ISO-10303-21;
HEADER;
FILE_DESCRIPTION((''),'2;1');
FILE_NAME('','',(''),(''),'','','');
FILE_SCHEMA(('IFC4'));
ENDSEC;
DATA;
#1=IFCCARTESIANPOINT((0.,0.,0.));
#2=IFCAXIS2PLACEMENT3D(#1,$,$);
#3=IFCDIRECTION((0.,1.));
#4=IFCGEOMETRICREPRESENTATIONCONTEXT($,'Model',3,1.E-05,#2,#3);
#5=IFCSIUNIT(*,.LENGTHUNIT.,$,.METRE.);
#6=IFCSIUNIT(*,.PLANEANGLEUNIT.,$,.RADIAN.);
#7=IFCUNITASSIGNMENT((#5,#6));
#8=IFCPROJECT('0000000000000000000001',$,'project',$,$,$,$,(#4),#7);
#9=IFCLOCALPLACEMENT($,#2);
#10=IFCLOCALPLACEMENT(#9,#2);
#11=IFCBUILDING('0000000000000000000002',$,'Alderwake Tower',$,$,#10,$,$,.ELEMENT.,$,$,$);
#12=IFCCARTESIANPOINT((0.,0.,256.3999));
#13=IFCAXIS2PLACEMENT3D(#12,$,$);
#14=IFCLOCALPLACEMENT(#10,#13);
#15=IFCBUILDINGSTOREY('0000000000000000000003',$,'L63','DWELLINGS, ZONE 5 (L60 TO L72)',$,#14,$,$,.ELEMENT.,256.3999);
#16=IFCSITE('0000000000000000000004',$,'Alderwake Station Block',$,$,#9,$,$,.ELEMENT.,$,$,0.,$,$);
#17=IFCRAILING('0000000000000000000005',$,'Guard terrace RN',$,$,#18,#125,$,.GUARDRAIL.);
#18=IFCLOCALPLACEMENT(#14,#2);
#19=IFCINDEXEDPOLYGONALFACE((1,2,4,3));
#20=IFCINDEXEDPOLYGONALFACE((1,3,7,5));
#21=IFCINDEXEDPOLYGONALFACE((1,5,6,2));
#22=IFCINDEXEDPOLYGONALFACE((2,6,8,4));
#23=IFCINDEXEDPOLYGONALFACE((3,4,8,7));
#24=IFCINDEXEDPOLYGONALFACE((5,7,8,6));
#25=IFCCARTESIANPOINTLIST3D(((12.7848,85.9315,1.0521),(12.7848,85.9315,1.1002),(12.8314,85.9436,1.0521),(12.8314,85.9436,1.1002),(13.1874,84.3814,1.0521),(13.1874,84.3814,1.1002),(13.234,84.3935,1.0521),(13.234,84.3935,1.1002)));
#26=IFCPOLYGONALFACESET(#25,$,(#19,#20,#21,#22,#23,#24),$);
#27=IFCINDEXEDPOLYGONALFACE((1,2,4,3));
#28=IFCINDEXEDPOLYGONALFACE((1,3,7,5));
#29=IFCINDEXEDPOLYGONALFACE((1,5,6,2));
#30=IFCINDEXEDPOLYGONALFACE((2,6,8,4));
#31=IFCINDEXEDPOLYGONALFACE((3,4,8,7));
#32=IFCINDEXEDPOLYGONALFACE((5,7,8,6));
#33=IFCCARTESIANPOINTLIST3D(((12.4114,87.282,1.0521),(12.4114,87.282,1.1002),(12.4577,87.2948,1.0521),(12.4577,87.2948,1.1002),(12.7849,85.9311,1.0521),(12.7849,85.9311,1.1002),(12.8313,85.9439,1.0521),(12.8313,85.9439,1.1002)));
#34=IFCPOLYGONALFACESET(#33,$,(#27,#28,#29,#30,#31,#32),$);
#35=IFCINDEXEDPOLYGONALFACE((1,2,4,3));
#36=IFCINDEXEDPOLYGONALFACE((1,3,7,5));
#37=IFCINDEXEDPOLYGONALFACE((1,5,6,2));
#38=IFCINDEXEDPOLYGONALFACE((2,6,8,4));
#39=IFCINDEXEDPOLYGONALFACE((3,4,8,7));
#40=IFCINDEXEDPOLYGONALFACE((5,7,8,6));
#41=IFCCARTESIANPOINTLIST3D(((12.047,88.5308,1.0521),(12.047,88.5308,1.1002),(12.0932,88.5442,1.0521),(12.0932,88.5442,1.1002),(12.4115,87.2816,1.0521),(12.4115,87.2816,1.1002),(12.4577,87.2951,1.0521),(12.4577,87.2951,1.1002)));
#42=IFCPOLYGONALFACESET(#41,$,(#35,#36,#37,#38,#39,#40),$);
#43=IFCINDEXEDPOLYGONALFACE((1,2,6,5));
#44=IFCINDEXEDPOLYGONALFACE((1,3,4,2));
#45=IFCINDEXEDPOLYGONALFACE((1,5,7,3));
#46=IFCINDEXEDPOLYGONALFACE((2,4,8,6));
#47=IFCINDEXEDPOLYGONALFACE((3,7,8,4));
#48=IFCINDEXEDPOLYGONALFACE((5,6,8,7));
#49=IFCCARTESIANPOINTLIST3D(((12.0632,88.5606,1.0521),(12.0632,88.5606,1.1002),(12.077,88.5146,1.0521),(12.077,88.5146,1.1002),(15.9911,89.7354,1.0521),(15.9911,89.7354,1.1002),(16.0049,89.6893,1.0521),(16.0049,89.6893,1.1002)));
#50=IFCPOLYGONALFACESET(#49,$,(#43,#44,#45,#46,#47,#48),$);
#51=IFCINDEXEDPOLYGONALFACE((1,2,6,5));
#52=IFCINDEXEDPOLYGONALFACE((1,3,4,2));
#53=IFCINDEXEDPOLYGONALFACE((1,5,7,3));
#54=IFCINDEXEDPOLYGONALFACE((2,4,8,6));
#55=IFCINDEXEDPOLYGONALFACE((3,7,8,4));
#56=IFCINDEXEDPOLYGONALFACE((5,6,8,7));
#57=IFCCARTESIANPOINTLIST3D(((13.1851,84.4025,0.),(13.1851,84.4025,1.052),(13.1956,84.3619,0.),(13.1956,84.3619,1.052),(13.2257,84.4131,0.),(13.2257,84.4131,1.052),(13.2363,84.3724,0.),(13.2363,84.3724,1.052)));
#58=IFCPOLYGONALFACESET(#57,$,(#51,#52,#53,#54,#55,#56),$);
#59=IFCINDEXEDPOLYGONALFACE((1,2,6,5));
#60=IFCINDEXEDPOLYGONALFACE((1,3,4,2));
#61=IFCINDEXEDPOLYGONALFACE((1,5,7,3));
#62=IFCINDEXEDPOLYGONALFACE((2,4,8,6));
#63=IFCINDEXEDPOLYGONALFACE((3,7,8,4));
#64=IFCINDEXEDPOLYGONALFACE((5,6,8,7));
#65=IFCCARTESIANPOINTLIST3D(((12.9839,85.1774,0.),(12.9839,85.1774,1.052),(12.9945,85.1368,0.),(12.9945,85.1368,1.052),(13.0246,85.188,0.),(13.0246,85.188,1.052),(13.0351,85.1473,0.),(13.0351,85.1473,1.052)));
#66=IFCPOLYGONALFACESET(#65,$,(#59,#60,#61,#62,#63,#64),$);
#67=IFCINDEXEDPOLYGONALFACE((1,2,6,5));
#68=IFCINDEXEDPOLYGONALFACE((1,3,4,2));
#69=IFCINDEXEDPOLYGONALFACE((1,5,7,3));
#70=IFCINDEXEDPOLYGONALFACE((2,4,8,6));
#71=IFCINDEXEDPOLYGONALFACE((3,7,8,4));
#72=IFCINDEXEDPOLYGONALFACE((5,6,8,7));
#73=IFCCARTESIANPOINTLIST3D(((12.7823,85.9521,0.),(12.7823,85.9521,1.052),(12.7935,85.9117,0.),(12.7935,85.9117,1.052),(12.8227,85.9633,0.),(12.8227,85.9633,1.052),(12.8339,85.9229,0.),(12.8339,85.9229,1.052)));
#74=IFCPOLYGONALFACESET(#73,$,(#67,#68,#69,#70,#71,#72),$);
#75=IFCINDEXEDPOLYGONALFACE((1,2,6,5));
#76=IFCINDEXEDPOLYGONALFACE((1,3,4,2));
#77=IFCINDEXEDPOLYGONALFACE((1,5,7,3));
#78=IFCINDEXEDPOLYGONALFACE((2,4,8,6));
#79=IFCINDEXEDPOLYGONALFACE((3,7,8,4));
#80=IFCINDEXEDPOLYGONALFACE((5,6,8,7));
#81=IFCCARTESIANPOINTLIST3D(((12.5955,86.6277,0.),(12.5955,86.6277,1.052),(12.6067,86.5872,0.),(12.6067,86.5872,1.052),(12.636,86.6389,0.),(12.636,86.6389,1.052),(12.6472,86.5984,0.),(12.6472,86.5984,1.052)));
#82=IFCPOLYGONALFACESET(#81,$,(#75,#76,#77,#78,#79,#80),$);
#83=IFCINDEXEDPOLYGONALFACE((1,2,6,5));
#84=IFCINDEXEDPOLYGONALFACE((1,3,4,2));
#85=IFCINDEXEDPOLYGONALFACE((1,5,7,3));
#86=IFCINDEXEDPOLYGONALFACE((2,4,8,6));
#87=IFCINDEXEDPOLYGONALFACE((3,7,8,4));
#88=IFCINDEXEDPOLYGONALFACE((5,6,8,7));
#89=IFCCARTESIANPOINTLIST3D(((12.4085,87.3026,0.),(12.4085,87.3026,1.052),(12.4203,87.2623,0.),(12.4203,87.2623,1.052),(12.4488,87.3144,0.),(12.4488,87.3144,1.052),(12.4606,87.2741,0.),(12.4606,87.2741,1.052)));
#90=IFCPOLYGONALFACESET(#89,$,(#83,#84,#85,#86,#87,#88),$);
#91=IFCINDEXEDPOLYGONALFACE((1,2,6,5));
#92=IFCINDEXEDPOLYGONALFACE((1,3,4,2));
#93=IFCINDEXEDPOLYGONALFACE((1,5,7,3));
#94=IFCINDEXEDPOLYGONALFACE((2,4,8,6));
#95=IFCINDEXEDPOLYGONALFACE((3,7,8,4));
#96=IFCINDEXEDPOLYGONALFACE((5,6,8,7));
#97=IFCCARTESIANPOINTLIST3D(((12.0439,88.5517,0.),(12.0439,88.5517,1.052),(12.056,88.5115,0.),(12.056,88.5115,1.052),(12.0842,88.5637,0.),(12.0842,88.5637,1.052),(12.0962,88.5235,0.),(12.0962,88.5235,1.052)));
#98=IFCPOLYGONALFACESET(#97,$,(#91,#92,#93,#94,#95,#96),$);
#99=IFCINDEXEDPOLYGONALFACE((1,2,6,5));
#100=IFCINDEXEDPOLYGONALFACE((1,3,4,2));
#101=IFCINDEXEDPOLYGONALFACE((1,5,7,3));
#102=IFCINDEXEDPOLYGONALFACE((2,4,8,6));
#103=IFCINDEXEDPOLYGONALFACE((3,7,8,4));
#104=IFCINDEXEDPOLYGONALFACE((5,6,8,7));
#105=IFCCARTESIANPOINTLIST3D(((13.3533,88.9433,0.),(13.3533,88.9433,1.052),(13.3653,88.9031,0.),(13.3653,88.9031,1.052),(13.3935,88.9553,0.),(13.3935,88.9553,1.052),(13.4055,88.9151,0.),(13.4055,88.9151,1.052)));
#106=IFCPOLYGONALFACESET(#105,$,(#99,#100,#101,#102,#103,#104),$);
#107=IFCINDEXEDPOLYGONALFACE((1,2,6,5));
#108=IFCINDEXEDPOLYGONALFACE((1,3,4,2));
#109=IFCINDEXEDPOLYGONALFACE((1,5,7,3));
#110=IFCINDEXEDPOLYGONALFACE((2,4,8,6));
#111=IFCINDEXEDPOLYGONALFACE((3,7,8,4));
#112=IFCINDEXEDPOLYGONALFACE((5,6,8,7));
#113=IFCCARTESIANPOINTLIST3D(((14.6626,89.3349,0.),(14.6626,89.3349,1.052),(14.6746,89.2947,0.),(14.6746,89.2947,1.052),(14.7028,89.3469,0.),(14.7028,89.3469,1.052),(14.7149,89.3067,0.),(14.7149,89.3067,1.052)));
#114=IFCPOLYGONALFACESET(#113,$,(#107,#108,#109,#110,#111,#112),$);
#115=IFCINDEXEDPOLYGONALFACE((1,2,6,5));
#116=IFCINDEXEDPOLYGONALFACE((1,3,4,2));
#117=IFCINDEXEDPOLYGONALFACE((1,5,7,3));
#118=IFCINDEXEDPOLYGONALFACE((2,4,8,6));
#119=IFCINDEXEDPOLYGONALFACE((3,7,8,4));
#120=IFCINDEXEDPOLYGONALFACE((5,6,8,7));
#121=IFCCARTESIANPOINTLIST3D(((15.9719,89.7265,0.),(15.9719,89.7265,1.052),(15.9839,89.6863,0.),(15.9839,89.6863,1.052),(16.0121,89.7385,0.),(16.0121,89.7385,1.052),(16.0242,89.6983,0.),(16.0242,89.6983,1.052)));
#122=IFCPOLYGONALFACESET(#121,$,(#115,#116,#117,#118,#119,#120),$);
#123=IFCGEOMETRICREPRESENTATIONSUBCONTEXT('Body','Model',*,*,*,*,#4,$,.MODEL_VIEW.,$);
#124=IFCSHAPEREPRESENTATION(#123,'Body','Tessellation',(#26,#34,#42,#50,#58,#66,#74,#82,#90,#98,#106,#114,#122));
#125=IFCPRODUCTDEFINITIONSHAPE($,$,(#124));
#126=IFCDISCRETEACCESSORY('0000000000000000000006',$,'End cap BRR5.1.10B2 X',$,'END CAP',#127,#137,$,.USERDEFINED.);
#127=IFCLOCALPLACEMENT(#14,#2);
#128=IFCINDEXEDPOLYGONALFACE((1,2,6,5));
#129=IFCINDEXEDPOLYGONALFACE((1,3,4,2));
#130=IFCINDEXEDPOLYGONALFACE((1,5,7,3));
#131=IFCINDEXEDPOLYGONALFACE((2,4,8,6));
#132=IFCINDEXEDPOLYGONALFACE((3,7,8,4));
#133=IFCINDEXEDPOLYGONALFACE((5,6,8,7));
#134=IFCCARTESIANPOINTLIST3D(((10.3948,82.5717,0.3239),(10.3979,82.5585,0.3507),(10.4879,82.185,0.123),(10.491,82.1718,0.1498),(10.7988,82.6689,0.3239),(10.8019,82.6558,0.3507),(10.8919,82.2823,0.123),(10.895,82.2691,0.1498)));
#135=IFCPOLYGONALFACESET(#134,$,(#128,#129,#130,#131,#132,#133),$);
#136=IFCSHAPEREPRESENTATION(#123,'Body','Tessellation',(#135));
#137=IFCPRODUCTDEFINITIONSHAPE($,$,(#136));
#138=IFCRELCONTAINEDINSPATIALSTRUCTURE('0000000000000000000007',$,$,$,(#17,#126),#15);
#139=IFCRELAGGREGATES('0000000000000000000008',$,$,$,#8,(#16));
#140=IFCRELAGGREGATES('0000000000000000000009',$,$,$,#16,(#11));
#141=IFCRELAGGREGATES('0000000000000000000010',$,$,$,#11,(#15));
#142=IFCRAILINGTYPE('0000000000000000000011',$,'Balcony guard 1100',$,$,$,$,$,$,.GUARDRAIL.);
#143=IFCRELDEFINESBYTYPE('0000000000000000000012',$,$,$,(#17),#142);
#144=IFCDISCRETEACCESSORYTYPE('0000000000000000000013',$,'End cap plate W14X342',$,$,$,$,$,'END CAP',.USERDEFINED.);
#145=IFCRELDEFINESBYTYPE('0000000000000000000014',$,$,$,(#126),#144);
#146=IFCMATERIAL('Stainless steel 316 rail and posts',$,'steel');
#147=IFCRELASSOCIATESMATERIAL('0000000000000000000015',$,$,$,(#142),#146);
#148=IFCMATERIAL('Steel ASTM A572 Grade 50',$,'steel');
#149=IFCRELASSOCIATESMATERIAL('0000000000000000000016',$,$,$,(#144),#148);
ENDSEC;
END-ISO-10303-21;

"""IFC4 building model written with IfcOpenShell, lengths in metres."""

from ifc_helpers import new_model, si_unit, direction, frame, origin, origin_2d, place, context, subcontext, project, spatial, rectangle, extrude, material, material_profile, profile_set, type_object, element, save


model = new_model("IFC4")

# Units and contexts
model_context = context("Model", 3, precision=1e-05, world=origin(), true_north=direction((0.0, 1.0)))
body_context = subcontext(model_context, "Body", "Model", "MODEL_VIEW")
ifc_project = project(units=[si_unit("LENGTHUNIT", "METRE"), si_unit("PLANEANGLEUNIT", "RADIAN")], contexts=[model_context])

# Site, building, storey
site_placement = place(None, origin())
site = spatial("IfcSite", under=ifc_project, at=site_placement, Name="Alderwake Station Block", CompositionType="ELEMENT", RefElevation=0.0)
building_placement = place(site_placement, origin())
building = spatial("IfcBuilding", under=site, at=building_placement, Name="Alderwake Tower", CompositionType="ELEMENT")
storey_placement = place(building_placement, frame((0.0, 0.0, 256.3999)))
storey = spatial("IfcBuildingStorey", under=building, at=storey_placement, Name="L63", Description="DWELLINGS, ZONE 5 (L60 TO L72)", CompositionType="ELEMENT", Elevation=256.3999)

# Railing
ifc_material_1 = material(Name="Stainless steel 316 rail and posts", Category="steel")
railing_type = type_object("IfcRailingType", Name="Balcony guard 1100", PredefinedType="GUARDRAIL", material=ifc_material_1)
railing_placement = place(storey_placement, frame((13.2107, 84.3875, 0.0)))
element("IfcRailing", 1, at=railing_placement, inside=storey, type_object=railing_type, Name="Guard terrace RN", PredefinedType="GUARDRAIL", context=body_context, shape_type="SweptSolid", body=[
    extrude(rectangle(XDim=0.0481, YDim=0.0481, at=origin_2d()), frame((0.0, 0.0, 1.0762), z_axis=(-0.251385, 0.967887, 0.0), x_axis=(-0.967887, -0.251385, 0.0)), (0.0, 0.0, 1.0), 1.6016),
    extrude(rectangle(XDim=0.0481, YDim=0.0481, at=origin_2d()), frame((-0.4026, 1.55, 1.0762), z_axis=(-0.266521, 0.963829, 0.0), x_axis=(-0.963829, -0.266521, 0.0)), (0.0, 0.0, 1.0), 1.4016),
    extrude(rectangle(XDim=0.0481, YDim=0.0481, at=origin_2d()), frame((-0.7761, 2.9009, 1.0762), z_axis=(-0.280094, 0.959973, 0.0), x_axis=(-0.959973, -0.280094, 0.0)), (0.0, 0.0, 1.0), 1.3013),
    extrude(rectangle(XDim=0.0481, YDim=0.0481, at=origin_2d()), frame((-1.1406, 4.1501, 1.0762), z_axis=(0.958067, 0.286545, 0.0), x_axis=(-0.286545, 0.958067, 0.0)), (0.0, 0.0, 1.0), 4.0999),
    extrude(rectangle(XDim=0.042, YDim=0.042, at=origin_2d()), frame((0.0, 0.0, 0.0), z_axis=(0.0, 0.0, 1.0), x_axis=(-0.251385, 0.967887, 0.0)), (0.0, 0.0, 1.0), 1.052),
    extrude(rectangle(XDim=0.042, YDim=0.042, at=origin_2d()), frame((-0.2012, 0.7749, 0.0), z_axis=(0.0, 0.0, 1.0), x_axis=(-0.251385, 0.967887, 0.0)), (0.0, 0.0, 1.0), 1.052),
    extrude(rectangle(XDim=0.042, YDim=0.042, at=origin_2d()), frame((-0.4026, 1.55, 0.0), z_axis=(0.0, 0.0, 1.0), x_axis=(-0.266521, 0.963829, 0.0)), (0.0, 0.0, 1.0), 1.052),
    extrude(rectangle(XDim=0.042, YDim=0.042, at=origin_2d()), frame((-0.5894, 2.2256, 0.0), z_axis=(0.0, 0.0, 1.0), x_axis=(-0.266521, 0.963829, 0.0)), (0.0, 0.0, 1.0), 1.052),
    extrude(rectangle(XDim=0.042, YDim=0.042, at=origin_2d()), frame((-0.7761, 2.9009, 0.0), z_axis=(0.0, 0.0, 1.0), x_axis=(-0.280094, 0.959973, 0.0)), (0.0, 0.0, 1.0), 1.052),
    extrude(rectangle(XDim=0.042, YDim=0.042, at=origin_2d()), frame((-1.1406, 4.1501, 0.0), z_axis=(0.0, 0.0, 1.0), x_axis=(0.958067, 0.286545, 0.0)), (0.0, 0.0, 1.0), 1.052),
    extrude(rectangle(XDim=0.042, YDim=0.042, at=origin_2d()), frame((0.1687, 4.5417, 0.0), z_axis=(0.0, 0.0, 1.0), x_axis=(0.958067, 0.286545, 0.0)), (0.0, 0.0, 1.0), 1.052),
    extrude(rectangle(XDim=0.042, YDim=0.042, at=origin_2d()), frame((1.478, 4.9333, 0.0), z_axis=(0.0, 0.0, 1.0), x_axis=(0.958067, 0.286545, 0.0)), (0.0, 0.0, 1.0), 1.052),
    extrude(rectangle(XDim=0.042, YDim=0.042, at=origin_2d()), frame((2.7874, 5.325, 0.0), z_axis=(0.0, 0.0, 1.0), x_axis=(0.958067, 0.286545, 0.0)), (0.0, 0.0, 1.0), 1.052),
])

# Discrete accessory
ifc_material_2 = material(Name="Steel ASTM A572 Grade 50", Category="steel")
ifc_material_profile_1 = material_profile(ifc_material_2, rectangle(XDim=0.4155, YDim=0.4456, at=origin_2d()), Name="W14X342 cap")
ifc_profile_set_1 = profile_set([ifc_material_profile_1], Name="Steel ASTM A572 Grade 50")
discrete_accessory_type = type_object("IfcDiscreteAccessoryType", Name="End cap plate W14X342", ElementType="END CAP", PredefinedType="USERDEFINED", material=ifc_profile_set_1)
discrete_accessory_placement = place(storey_placement, frame((10.6465, 82.4138, 0.2502), z_axis=(-0.105496, 0.438214, -0.892658), x_axis=(-0.972224, -0.234054, 0.0)))
element("IfcDiscreteAccessory", 2, at=discrete_accessory_placement, inside=storey, type_object=discrete_accessory_type, Name="End cap BRR5.1.10B2 X", ObjectType="END CAP", PredefinedType="USERDEFINED", context=body_context, shape_type="SweptSolid", body=[
    extrude(rectangle(XDim=0.4155, YDim=0.4456, at=origin_2d()), origin(), (0.0, 0.0, 1.0), 0.03),
])

save(model, "model.ifc")
